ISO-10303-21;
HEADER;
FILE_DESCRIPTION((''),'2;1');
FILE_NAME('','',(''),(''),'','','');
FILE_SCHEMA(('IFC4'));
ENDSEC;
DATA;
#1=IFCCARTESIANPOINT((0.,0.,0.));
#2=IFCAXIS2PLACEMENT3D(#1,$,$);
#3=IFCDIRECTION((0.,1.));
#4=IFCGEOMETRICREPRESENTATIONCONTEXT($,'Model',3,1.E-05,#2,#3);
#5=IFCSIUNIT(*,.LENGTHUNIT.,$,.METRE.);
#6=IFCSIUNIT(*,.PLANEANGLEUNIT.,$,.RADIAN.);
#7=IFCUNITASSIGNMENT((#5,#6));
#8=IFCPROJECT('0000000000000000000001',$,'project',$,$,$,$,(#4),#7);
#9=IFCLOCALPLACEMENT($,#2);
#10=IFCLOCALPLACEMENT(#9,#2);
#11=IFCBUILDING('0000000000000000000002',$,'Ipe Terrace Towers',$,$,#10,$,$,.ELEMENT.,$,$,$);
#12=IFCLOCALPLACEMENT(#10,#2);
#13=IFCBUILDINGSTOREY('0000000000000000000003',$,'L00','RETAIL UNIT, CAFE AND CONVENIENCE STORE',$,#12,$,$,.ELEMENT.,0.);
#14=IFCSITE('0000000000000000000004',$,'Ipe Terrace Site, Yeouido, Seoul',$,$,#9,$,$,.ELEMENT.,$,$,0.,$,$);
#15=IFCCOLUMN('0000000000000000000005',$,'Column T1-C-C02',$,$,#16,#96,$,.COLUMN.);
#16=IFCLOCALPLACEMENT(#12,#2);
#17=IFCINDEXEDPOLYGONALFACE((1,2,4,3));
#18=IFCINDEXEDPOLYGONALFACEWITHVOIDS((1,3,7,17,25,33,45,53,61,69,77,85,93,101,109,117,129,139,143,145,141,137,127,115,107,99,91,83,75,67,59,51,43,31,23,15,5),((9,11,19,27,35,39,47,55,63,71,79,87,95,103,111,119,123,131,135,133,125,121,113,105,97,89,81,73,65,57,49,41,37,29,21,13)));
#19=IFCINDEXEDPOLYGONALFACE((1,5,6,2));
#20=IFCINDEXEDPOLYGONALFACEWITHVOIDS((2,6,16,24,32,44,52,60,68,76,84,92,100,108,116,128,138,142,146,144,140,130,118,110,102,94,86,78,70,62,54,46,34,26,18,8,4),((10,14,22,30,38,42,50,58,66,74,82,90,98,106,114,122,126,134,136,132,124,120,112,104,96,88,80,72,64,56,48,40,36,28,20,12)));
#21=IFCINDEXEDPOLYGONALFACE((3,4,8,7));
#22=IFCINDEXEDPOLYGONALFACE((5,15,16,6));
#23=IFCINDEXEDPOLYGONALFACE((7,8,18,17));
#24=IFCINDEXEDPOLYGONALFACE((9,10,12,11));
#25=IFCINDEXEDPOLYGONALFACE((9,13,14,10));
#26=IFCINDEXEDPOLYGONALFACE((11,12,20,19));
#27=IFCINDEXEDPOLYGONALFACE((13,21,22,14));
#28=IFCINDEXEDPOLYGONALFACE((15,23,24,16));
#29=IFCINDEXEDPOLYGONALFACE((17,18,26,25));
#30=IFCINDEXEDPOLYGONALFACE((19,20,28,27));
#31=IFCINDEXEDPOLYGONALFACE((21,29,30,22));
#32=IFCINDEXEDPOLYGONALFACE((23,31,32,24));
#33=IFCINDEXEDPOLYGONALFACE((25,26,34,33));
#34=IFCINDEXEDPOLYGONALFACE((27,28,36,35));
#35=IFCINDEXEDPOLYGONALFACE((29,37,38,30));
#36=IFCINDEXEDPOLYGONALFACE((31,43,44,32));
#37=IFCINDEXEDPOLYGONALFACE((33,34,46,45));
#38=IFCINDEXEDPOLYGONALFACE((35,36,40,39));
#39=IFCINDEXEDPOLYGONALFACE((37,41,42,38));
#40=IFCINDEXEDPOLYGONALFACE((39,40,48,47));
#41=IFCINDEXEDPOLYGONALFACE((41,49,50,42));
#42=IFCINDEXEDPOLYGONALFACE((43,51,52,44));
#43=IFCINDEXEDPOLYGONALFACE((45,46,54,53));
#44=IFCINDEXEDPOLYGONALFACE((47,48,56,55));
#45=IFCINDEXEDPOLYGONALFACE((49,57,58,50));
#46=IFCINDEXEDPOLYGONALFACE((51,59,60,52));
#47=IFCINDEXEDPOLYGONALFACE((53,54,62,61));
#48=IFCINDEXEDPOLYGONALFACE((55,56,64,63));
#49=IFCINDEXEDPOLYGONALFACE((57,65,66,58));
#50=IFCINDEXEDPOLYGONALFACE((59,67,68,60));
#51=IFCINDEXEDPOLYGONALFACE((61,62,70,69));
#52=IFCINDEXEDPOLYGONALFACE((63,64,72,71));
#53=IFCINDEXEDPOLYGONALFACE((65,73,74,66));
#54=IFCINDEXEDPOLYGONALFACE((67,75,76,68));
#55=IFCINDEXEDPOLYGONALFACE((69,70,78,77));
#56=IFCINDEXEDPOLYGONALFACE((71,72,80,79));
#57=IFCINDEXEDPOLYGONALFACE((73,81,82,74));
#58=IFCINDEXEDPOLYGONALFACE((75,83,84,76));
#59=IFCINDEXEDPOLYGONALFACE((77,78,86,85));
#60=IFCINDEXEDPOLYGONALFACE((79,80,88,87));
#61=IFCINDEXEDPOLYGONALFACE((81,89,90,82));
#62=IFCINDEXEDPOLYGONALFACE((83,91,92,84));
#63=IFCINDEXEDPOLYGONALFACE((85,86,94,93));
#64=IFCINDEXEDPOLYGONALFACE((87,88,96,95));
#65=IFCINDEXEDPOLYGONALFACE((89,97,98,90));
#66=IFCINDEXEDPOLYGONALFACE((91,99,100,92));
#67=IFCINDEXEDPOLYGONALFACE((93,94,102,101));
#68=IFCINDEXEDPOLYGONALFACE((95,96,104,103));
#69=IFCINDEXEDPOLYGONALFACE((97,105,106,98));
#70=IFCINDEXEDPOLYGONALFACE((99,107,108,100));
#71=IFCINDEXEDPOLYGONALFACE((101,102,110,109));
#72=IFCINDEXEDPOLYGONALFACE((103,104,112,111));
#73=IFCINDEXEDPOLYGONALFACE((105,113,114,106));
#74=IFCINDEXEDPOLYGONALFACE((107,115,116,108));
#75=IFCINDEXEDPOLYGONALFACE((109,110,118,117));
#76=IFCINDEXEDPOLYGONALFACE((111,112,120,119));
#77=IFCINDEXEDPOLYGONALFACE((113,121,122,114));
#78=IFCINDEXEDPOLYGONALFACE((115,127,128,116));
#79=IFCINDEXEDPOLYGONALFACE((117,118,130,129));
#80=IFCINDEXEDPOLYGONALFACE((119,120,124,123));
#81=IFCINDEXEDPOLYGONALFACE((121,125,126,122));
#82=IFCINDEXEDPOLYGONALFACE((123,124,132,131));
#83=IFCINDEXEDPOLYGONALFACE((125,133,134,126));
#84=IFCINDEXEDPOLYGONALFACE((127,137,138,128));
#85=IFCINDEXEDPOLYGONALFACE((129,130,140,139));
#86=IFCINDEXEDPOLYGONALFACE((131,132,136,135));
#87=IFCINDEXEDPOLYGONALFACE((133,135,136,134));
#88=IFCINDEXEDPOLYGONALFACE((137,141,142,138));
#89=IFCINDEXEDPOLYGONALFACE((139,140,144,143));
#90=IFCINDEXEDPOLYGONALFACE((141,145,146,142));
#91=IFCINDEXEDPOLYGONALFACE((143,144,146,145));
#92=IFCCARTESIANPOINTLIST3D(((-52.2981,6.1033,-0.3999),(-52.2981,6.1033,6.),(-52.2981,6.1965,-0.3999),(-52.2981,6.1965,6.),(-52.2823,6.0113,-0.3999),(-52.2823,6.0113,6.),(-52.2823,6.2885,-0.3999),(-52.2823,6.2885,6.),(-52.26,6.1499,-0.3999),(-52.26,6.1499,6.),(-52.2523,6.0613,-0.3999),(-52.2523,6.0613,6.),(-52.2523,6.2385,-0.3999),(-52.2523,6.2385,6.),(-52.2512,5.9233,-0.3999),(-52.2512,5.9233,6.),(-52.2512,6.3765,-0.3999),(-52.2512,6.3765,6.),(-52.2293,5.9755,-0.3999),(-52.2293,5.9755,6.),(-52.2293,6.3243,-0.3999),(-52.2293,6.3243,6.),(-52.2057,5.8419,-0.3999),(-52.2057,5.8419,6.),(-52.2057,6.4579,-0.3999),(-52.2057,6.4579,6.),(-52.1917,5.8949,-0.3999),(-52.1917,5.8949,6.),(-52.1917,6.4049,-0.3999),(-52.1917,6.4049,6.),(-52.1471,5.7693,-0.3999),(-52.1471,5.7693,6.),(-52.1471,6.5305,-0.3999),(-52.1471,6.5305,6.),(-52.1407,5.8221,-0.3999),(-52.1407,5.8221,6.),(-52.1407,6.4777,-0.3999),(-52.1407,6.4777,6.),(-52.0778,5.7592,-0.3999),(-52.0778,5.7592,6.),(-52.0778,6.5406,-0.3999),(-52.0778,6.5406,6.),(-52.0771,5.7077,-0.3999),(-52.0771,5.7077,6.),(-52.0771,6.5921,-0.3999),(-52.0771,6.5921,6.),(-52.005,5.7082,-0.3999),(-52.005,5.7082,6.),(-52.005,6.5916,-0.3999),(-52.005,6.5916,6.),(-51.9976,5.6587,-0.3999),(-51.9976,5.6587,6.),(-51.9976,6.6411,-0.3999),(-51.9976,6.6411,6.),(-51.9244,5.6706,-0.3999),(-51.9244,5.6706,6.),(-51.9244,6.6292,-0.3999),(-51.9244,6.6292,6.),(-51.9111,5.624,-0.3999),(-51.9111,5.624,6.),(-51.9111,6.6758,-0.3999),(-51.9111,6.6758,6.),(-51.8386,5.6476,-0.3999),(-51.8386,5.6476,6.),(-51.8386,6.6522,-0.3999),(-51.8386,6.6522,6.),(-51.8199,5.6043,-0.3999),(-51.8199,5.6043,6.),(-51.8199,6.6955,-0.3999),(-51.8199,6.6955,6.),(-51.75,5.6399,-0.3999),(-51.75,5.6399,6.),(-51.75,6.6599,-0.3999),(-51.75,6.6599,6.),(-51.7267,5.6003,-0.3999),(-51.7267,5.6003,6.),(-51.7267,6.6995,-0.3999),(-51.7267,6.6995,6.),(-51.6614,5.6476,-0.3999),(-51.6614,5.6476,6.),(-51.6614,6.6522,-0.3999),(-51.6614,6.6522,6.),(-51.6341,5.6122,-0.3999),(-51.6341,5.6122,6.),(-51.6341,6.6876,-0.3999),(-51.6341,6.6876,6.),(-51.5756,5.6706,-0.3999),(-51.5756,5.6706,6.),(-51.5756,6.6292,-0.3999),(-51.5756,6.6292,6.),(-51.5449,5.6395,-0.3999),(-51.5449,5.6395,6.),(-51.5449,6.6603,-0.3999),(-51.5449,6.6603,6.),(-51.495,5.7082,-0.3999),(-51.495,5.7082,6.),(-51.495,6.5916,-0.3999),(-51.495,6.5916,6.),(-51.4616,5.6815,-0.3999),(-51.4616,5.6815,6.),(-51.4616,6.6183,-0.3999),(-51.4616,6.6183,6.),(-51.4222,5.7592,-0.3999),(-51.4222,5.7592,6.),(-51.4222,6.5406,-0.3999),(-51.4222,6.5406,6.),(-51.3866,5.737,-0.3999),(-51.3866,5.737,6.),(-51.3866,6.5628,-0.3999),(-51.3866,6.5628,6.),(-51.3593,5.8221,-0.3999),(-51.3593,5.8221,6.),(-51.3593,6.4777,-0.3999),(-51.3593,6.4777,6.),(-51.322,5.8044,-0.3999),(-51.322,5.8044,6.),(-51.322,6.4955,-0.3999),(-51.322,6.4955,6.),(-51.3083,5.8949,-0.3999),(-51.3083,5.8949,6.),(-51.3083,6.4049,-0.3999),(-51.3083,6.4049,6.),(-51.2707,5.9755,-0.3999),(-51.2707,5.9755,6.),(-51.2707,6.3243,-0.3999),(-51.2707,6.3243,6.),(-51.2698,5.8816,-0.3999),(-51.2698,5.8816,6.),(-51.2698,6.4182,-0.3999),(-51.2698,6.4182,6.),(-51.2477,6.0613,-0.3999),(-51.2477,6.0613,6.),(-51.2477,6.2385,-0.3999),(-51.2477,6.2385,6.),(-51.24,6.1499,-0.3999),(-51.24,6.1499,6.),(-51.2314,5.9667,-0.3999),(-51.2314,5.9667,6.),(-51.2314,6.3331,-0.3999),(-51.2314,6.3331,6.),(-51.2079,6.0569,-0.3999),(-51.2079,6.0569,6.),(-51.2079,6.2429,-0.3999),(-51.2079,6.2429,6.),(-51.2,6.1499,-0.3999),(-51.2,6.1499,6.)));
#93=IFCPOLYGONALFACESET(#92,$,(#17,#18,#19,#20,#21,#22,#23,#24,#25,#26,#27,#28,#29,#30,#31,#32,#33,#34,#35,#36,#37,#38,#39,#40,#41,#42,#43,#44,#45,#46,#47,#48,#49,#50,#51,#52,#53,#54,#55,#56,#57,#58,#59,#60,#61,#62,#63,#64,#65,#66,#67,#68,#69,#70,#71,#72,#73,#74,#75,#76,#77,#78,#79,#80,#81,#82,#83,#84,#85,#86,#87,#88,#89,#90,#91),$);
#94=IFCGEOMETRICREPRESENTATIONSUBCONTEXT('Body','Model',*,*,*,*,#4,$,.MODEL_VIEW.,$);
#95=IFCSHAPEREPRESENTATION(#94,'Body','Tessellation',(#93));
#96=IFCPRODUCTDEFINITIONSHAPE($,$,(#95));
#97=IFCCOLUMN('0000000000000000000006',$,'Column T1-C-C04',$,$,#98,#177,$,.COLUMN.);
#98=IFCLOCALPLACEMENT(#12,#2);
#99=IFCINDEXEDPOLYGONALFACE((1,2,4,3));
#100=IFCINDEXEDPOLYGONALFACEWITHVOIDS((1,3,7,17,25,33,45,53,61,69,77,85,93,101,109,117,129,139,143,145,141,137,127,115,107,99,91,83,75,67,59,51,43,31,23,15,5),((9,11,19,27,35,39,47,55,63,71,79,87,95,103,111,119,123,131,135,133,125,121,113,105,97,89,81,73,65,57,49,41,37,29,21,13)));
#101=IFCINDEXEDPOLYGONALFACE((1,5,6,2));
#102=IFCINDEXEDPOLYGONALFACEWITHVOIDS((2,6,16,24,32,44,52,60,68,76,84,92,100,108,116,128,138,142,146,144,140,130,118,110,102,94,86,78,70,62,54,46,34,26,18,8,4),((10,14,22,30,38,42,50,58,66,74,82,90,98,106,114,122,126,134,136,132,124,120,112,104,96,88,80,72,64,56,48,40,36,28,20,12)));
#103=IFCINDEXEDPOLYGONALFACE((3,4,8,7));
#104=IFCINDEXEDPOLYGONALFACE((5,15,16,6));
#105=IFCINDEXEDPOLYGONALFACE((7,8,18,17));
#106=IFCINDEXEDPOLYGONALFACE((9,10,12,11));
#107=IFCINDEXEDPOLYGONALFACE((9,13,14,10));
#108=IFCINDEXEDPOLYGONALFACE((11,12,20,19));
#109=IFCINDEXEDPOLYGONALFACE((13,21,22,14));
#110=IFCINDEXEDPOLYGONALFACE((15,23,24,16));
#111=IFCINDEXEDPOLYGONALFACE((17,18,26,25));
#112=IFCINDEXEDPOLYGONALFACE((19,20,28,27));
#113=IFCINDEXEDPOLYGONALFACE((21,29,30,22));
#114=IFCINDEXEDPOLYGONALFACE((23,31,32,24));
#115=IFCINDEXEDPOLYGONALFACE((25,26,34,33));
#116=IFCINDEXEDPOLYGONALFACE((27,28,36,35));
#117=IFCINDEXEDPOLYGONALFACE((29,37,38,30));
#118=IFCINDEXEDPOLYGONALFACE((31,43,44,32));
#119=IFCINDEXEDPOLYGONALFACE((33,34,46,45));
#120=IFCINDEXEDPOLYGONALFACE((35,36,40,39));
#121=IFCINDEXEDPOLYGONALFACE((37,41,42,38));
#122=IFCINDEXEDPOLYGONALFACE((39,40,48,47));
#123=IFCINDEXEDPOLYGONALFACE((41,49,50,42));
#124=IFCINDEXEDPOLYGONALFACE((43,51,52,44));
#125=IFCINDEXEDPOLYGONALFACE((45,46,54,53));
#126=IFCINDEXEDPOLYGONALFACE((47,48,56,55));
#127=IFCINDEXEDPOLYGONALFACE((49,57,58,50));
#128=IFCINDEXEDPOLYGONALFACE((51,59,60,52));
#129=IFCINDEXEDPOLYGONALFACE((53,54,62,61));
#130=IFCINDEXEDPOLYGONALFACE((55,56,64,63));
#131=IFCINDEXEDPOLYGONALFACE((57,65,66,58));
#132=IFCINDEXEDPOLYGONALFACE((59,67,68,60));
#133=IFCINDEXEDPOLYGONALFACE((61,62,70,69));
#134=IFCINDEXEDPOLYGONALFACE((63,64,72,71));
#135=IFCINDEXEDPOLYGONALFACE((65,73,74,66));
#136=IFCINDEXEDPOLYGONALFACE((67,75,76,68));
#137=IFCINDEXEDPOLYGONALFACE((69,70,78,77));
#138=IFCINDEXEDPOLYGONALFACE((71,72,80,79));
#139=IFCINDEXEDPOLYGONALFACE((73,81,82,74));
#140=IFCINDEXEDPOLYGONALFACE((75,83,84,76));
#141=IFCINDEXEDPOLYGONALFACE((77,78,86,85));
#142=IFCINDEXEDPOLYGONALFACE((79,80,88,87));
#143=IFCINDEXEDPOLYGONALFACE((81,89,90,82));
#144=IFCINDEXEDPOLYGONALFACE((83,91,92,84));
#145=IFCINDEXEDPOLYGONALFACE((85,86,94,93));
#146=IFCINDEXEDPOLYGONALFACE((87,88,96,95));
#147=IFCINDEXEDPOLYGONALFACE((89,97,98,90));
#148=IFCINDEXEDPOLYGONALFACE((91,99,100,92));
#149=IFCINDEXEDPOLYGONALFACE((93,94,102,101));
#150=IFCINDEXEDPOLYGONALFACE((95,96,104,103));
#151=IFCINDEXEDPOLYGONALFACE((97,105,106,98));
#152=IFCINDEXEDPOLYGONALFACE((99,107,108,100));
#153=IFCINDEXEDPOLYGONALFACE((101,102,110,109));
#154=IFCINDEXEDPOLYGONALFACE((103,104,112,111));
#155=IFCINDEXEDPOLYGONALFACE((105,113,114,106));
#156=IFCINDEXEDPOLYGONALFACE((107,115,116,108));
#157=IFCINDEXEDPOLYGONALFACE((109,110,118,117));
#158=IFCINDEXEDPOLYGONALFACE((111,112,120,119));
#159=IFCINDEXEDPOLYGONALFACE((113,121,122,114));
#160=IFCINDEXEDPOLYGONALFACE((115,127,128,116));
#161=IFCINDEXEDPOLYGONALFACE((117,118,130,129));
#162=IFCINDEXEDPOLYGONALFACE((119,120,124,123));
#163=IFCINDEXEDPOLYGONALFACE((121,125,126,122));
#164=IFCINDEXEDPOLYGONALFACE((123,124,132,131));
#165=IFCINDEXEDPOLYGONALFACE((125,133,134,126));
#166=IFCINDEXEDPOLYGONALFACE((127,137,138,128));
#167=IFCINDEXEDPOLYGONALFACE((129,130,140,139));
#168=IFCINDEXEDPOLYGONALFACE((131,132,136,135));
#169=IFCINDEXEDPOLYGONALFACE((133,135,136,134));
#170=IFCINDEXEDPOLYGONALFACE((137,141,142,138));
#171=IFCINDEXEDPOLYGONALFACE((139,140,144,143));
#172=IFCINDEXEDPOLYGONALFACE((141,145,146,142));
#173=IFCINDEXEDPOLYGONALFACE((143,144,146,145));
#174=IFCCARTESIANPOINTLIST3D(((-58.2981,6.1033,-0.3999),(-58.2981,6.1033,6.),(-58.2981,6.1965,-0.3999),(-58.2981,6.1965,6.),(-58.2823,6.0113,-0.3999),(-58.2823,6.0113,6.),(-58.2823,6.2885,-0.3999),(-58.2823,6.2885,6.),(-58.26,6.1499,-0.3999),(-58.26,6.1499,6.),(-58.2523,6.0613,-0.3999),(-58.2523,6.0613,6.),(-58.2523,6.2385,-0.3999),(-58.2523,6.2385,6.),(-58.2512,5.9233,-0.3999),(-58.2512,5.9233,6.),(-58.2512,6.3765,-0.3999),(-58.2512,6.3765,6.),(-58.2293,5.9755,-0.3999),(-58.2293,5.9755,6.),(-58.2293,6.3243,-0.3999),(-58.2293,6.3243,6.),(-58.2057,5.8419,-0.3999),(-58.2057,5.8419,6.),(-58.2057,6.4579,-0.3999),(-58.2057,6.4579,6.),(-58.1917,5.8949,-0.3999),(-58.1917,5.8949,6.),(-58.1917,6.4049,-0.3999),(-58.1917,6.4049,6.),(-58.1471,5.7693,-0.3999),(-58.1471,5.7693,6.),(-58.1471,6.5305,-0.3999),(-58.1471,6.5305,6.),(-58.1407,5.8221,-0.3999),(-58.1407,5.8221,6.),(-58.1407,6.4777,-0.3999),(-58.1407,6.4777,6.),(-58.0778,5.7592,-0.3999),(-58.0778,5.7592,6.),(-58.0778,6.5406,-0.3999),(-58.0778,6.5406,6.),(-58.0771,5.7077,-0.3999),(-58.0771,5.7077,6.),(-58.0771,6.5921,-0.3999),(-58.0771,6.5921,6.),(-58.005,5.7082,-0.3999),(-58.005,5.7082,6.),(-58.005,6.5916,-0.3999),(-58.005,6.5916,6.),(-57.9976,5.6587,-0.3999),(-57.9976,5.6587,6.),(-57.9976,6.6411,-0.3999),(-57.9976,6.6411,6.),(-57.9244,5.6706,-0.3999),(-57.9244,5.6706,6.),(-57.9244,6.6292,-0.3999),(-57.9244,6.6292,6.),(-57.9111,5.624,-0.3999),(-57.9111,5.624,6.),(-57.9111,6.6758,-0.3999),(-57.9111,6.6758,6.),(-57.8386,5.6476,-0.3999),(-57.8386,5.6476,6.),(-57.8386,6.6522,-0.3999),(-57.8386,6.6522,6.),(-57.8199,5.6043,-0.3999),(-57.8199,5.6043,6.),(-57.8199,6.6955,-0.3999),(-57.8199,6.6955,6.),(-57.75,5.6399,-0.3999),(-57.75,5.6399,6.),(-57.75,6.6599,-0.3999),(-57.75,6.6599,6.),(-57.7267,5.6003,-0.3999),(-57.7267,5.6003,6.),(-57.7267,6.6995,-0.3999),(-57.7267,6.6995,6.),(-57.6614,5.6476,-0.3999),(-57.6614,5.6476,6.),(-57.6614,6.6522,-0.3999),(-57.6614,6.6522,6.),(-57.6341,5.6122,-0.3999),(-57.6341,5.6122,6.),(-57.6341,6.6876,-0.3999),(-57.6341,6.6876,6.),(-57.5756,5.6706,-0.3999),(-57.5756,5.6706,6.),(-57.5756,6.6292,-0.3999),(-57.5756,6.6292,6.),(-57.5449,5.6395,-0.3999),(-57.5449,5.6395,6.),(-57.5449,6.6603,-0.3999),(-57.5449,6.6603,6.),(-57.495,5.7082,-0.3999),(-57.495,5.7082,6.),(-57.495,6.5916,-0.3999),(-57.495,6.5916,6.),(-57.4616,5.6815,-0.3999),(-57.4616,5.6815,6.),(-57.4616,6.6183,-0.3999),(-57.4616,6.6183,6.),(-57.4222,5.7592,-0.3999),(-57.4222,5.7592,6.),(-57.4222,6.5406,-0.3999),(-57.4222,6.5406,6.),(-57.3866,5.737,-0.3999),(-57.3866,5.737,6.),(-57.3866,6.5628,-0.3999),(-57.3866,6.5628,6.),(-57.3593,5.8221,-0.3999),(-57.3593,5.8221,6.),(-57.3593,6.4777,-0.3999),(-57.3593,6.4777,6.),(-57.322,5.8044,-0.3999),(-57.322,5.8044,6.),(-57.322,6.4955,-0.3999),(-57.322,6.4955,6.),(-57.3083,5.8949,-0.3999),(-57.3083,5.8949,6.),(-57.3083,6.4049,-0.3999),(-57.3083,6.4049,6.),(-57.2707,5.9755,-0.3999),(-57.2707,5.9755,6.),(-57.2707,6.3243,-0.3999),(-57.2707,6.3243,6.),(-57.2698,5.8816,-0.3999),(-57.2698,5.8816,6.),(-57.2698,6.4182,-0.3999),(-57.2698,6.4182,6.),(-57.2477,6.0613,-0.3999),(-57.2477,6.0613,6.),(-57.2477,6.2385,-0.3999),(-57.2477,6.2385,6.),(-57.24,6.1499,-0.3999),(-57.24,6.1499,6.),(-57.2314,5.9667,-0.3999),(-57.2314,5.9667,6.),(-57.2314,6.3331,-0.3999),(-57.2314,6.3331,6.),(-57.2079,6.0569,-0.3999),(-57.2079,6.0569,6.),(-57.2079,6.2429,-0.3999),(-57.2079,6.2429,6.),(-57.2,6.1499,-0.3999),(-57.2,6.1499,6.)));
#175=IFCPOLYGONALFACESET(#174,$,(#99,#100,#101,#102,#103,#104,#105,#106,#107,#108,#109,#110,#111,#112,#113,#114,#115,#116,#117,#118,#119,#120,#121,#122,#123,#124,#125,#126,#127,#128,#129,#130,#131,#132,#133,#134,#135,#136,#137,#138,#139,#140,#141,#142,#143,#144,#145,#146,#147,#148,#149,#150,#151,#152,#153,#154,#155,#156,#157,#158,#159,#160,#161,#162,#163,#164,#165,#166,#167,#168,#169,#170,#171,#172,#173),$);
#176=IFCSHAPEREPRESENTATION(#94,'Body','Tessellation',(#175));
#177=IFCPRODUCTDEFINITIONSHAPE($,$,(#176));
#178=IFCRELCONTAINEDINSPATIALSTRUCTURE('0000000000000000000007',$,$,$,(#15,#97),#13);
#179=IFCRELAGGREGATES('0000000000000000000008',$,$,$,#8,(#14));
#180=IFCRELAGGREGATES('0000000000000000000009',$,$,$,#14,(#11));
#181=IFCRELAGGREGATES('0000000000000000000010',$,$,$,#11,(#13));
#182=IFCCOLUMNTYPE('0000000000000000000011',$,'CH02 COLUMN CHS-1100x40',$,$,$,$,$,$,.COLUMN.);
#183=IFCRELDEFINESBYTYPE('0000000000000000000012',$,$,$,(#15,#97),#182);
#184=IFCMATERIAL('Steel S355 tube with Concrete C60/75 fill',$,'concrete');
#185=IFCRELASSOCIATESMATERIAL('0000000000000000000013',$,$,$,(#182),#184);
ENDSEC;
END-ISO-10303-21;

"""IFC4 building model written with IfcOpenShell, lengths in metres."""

from ifc_helpers import new_model, si_unit, direction, frame, origin, origin_2d, place, context, subcontext, project, spatial, hollow_circle, extrude, material, material_profile, profile_set, type_object, element, save


model = new_model("IFC4")

# Units and contexts
model_context = context("Model", 3, precision=1e-05, world=origin(), true_north=direction((0.0, 1.0)))
body_context = subcontext(model_context, "Body", "Model", "MODEL_VIEW")
ifc_project = project(units=[si_unit("LENGTHUNIT", "METRE"), si_unit("PLANEANGLEUNIT", "RADIAN")], contexts=[model_context])

# Site, building, storey
site_placement = place(None, origin())
site = spatial("IfcSite", under=ifc_project, at=site_placement, Name="Ipe Terrace Site, Yeouido, Seoul", CompositionType="ELEMENT", RefElevation=0.0)
building_placement = place(site_placement, origin())
building = spatial("IfcBuilding", under=site, at=building_placement, Name="Ipe Terrace Towers", CompositionType="ELEMENT")
storey_placement = place(building_placement, origin())
storey = spatial("IfcBuildingStorey", under=building, at=storey_placement, Name="L00", Description="RETAIL UNIT, CAFE AND CONVENIENCE STORE", CompositionType="ELEMENT", Elevation=0.0)

# Columns
ifc_material_1 = material(Name="Steel S355 tube with Concrete C60/75 fill", Category="concrete")
ifc_material_profile_1 = material_profile(ifc_material_1, hollow_circle(Radius=0.55, WallThickness=0.04, at=origin_2d()), Name="CHS-1100x40")
ifc_profile_set_1 = profile_set([ifc_material_profile_1], Name="Steel S355 tube with Concrete C60/75 fill")
column_type_1 = type_object("IfcColumnType", Name="CH02 COLUMN CHS-1100x40", PredefinedType="COLUMN", material=ifc_profile_set_1)
for number, where, z_axis, x_axis, name in (
    (1, (-51.75, 6.1499, -0.3999), (0.0, 0.0, 1.0), (1.0, 0.0, 0.0), "Column T1-C-C02"),
    (2, (-57.75, 6.1499, -0.3999), (0.0, 0.0, 1.0), (1.0, 0.0, 0.0), "Column T1-C-C04"),
):
    element("IfcColumn", number, at=place(storey_placement, frame(where, z_axis=z_axis, x_axis=x_axis)), inside=storey, type_object=column_type_1, Name=name, PredefinedType="COLUMN", context=body_context, shape_type="SweptSolid", body=[
        extrude(hollow_circle(Radius=0.55, WallThickness=0.04, at=origin_2d()), origin(), (0.0, 0.0, 1.0), 6.3999),
    ])

save(model, "model.ifc")
